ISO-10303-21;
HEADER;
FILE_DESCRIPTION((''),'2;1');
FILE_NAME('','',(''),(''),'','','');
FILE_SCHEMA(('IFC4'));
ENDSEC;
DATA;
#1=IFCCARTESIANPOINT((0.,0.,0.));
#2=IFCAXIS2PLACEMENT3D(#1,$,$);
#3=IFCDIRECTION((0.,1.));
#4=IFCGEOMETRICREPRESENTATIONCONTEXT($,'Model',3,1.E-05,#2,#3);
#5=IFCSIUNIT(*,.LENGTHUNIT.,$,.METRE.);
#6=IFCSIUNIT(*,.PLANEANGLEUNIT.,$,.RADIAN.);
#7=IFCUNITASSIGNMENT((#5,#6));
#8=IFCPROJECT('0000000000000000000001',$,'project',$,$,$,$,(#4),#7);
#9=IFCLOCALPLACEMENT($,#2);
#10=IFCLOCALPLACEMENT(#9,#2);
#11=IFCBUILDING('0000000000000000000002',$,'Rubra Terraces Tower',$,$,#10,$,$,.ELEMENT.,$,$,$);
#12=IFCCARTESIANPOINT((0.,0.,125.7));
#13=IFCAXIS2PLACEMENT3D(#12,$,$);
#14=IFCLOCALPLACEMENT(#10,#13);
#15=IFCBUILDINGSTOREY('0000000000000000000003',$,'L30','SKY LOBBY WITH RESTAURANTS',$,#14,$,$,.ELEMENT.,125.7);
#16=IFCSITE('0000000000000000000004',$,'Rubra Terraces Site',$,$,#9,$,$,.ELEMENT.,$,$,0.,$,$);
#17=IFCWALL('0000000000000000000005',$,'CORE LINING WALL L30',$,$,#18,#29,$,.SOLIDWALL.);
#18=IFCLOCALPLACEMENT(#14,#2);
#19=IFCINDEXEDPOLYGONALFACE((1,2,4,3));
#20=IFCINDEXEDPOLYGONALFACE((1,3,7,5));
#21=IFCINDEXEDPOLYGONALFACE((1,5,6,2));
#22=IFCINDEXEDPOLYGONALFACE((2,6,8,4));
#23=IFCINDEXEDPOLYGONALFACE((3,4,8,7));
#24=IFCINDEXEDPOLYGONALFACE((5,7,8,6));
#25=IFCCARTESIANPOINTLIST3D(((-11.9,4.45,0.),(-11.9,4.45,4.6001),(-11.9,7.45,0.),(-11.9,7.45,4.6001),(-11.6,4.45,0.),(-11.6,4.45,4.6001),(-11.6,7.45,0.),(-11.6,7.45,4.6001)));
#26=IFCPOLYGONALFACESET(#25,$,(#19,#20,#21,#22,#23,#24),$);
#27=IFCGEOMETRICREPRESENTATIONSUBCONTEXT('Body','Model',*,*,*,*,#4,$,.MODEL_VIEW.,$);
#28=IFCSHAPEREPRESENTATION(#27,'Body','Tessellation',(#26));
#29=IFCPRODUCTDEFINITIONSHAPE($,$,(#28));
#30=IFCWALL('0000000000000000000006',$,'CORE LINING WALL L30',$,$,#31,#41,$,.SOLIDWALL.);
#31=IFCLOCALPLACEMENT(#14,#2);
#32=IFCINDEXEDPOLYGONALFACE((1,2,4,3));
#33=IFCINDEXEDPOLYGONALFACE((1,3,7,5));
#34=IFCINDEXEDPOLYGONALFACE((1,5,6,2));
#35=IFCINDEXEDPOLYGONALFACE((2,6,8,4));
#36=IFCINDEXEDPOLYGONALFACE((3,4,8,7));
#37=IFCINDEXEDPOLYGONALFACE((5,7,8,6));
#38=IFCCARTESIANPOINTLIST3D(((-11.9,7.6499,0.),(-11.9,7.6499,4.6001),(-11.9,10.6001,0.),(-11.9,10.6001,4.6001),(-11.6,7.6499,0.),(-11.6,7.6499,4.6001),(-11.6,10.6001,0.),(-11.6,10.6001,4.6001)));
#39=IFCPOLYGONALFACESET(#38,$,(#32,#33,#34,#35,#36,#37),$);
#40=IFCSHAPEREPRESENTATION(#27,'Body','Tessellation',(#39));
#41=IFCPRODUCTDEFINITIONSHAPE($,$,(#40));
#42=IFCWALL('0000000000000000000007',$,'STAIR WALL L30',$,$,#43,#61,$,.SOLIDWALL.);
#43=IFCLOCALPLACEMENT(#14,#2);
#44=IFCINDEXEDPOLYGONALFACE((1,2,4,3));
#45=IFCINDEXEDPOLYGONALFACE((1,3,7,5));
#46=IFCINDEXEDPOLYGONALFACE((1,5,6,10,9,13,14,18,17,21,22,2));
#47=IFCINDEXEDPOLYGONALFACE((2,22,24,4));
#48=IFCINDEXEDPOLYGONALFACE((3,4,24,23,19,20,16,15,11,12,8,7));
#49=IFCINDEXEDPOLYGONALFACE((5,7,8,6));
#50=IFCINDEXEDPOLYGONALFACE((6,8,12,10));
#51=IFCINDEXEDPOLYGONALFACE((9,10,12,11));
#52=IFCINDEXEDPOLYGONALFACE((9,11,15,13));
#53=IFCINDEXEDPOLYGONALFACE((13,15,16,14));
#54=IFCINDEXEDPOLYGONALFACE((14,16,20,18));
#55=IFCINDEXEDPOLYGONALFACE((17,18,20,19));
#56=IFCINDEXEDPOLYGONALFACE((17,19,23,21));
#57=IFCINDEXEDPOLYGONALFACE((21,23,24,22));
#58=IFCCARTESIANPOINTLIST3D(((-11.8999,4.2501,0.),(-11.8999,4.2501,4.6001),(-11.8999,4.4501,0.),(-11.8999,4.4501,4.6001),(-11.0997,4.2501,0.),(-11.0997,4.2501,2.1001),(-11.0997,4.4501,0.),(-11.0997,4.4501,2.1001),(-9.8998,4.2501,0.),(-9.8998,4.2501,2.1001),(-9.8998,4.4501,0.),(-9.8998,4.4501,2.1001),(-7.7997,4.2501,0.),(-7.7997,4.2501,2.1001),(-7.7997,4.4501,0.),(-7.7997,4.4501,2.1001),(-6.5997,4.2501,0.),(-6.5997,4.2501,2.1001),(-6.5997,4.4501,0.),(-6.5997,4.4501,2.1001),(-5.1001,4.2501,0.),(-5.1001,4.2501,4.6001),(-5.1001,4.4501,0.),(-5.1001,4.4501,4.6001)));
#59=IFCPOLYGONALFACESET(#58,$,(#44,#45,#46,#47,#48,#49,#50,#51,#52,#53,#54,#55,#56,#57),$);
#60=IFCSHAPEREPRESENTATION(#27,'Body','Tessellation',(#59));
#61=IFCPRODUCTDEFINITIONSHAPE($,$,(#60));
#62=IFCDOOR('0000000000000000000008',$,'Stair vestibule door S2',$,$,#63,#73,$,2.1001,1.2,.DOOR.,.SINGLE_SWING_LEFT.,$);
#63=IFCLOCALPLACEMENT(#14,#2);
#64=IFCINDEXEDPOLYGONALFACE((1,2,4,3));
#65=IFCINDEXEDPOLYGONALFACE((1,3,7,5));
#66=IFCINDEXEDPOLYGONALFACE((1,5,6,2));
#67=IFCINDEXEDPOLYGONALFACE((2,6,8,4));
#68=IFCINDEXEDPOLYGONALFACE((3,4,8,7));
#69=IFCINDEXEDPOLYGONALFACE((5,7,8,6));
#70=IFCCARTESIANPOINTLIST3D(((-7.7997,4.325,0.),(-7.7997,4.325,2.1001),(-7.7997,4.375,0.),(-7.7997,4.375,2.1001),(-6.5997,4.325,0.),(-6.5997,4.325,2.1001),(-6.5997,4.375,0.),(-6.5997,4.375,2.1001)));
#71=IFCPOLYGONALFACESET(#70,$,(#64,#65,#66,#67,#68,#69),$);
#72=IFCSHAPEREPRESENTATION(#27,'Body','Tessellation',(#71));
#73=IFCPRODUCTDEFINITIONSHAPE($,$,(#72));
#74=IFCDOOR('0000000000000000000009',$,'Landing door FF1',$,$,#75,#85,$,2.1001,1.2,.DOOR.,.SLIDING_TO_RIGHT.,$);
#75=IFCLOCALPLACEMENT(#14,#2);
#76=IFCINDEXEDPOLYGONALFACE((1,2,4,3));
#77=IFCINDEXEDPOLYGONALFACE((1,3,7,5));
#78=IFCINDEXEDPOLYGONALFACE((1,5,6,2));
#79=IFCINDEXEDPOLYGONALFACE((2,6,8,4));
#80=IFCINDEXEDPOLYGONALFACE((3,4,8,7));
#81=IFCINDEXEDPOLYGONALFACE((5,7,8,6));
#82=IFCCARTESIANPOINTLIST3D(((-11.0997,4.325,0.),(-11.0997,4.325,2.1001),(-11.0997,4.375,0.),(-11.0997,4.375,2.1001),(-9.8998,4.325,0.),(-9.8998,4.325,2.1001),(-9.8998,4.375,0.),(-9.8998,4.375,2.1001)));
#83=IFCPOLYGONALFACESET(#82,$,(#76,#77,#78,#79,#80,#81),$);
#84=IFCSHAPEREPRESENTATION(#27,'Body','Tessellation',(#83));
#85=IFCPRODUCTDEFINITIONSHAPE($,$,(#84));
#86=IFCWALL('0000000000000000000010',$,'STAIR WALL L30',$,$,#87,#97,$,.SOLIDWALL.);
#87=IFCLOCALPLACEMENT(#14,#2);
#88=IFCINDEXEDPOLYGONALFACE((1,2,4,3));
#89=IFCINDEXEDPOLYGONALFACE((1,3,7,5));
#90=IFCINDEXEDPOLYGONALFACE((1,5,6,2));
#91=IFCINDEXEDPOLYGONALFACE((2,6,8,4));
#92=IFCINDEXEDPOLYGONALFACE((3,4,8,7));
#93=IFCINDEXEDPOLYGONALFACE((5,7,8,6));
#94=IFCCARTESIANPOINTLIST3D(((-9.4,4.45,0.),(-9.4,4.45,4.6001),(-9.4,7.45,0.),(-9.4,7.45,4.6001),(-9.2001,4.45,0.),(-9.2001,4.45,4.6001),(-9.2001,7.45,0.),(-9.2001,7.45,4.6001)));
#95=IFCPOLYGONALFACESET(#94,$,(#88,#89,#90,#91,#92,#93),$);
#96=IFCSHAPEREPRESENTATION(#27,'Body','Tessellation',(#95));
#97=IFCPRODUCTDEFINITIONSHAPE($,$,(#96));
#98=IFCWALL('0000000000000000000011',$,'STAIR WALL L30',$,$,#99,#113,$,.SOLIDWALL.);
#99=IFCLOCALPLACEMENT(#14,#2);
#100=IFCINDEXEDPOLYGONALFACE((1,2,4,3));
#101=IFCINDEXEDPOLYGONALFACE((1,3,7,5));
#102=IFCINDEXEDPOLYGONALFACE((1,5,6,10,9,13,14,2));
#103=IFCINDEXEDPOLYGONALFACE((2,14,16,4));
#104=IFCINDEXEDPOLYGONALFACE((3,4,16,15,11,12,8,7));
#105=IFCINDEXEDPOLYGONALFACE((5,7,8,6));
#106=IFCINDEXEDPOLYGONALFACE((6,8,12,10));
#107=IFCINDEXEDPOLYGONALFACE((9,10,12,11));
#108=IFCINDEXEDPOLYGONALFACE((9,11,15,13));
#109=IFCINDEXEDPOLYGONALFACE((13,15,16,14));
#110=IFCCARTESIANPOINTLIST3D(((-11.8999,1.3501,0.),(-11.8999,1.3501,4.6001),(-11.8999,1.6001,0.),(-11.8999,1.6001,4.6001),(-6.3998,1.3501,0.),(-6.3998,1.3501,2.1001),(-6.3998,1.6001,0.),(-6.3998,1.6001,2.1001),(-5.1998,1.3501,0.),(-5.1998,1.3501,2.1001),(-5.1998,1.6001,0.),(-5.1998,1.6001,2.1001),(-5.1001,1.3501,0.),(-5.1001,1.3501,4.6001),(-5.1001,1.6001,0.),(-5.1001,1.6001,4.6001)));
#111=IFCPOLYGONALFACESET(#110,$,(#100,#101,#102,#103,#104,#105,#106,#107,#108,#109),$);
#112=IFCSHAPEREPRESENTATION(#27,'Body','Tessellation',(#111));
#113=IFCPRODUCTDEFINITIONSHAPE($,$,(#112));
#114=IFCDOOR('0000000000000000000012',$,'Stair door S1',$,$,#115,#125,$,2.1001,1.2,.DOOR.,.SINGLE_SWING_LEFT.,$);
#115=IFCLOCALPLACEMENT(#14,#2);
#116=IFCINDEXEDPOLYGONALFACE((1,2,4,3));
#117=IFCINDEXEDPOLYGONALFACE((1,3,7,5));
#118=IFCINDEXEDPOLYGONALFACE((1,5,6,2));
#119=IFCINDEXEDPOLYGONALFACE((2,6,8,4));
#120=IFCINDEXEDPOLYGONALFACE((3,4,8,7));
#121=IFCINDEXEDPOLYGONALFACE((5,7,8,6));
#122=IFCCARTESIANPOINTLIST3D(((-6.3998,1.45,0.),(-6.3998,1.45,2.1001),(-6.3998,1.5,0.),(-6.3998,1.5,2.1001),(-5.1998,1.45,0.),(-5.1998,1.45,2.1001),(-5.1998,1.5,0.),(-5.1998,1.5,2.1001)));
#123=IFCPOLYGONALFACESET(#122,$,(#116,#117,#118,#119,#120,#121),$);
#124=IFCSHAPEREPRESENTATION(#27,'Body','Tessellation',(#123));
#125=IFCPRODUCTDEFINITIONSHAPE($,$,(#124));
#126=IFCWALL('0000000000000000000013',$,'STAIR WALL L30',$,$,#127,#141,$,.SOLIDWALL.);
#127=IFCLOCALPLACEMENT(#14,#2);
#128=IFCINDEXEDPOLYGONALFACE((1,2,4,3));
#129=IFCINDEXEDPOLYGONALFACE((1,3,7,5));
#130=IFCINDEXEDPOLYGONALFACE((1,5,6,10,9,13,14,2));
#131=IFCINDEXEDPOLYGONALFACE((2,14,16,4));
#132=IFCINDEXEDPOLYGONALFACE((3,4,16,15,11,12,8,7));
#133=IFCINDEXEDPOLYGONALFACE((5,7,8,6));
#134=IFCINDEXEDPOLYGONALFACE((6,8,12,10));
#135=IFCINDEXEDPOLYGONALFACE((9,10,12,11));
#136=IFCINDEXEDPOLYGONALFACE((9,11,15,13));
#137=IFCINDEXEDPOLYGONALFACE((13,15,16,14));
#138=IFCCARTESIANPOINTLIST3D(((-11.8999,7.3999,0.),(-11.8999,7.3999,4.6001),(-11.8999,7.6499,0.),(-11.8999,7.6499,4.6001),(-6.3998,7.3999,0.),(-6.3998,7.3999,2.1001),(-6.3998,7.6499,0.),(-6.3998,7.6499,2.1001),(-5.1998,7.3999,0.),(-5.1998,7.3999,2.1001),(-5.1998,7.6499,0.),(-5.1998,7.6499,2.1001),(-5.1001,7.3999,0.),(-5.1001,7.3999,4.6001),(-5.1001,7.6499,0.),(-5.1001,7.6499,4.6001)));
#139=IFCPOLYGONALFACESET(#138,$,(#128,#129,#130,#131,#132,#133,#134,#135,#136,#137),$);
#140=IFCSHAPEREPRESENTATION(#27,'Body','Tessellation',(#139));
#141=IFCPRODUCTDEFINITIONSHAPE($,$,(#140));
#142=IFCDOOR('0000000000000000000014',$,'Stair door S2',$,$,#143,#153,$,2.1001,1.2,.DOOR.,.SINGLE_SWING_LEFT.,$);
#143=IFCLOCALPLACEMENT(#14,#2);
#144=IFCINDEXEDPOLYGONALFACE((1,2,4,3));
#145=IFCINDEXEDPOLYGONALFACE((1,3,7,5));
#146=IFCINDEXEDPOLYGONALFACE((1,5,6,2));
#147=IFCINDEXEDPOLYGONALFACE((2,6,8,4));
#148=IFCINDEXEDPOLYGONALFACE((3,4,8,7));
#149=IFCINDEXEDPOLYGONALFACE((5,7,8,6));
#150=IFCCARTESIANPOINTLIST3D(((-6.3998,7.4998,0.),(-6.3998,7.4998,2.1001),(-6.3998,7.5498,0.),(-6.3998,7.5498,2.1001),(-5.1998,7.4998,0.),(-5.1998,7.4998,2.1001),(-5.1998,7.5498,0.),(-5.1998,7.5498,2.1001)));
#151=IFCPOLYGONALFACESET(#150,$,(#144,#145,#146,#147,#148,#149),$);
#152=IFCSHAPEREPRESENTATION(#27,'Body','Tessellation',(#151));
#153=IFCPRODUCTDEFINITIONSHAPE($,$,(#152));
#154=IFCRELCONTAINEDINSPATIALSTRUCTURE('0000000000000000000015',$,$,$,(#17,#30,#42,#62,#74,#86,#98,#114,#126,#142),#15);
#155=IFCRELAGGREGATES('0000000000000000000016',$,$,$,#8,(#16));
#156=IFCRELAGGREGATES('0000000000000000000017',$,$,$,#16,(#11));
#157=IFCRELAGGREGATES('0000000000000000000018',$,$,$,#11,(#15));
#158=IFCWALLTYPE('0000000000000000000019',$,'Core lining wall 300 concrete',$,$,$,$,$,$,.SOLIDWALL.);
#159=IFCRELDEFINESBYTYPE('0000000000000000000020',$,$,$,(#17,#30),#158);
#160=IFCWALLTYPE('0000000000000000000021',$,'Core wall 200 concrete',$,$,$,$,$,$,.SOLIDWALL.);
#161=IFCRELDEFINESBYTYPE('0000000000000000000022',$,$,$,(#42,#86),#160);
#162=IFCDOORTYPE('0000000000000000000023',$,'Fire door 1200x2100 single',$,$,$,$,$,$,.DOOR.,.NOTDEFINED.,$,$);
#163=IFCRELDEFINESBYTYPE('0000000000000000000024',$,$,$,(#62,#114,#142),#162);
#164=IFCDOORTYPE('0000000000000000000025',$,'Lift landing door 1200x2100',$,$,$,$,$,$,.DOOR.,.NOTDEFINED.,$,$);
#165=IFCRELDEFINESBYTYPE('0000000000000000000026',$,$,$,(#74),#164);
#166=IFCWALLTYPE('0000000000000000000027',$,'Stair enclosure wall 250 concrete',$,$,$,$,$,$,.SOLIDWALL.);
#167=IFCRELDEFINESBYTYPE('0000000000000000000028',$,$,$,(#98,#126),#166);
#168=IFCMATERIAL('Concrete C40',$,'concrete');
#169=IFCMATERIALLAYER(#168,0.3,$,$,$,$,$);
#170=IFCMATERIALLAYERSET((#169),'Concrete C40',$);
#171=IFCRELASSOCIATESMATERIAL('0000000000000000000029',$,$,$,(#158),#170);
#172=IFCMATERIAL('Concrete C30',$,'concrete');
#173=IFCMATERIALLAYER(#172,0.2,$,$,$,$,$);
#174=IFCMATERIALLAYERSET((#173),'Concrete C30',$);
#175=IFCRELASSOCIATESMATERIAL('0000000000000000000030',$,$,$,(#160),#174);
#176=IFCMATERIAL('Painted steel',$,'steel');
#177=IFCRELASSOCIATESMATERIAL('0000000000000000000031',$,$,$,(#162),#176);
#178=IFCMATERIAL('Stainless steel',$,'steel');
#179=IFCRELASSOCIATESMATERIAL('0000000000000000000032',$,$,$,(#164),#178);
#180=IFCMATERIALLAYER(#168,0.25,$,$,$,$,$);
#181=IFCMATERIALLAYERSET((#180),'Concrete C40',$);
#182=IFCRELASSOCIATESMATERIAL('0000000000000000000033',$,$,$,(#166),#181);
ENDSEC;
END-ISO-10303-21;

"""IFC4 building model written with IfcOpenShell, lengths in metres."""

from ifc_helpers import new_model, si_unit, direction, frame, frame_2d, origin, place, context, subcontext, project, spatial, rectangle, extrude, material, layer, layer_set, type_object, element, fill, save


model = new_model("IFC4")

# Units and contexts
model_context = context("Model", 3, precision=1e-05, world=origin(), true_north=direction((0.0, 1.0)))
body_context = subcontext(model_context, "Body", "Model", "MODEL_VIEW")
ifc_project = project(units=[si_unit("LENGTHUNIT", "METRE"), si_unit("PLANEANGLEUNIT", "RADIAN")], contexts=[model_context])

# Site, building, storey
site_placement = place(None, origin())
site = spatial("IfcSite", under=ifc_project, at=site_placement, Name="Rubra Terraces Site", CompositionType="ELEMENT", RefElevation=0.0)
building_placement = place(site_placement, origin())
building = spatial("IfcBuilding", under=site, at=building_placement, Name="Rubra Terraces Tower", CompositionType="ELEMENT")
storey_placement = place(building_placement, frame((0.0, 0.0, 125.7)))
storey = spatial("IfcBuildingStorey", under=building, at=storey_placement, Name="L30", Description="SKY LOBBY WITH RESTAURANTS", CompositionType="ELEMENT", Elevation=125.7)

# Walls
ifc_material_1 = material(Name="Concrete C40", Category="concrete")
ifc_layer_1 = layer(ifc_material_1, 0.3)
ifc_layer_set_1 = layer_set([ifc_layer_1], Name="Concrete C40")
wall_type_1 = type_object("IfcWallType", Name="Core lining wall 300 concrete", PredefinedType="SOLIDWALL", material=ifc_layer_set_1)
wall_1_placement = place(storey_placement, frame((-11.75, 4.45, 0.0), z_axis=(0.0, 0.0, 1.0), x_axis=(0.0, 1.0, 0.0)))
element("IfcWall", 1, at=wall_1_placement, inside=storey, type_object=wall_type_1, Name="CORE LINING WALL L30", PredefinedType="SOLIDWALL", context=body_context, shape_type="SweptSolid", body=[
    extrude(rectangle(XDim=3.0, YDim=0.3, at=frame_2d((1.5, 0.0))), origin(), (0.0, 0.0, 1.0), 4.6001),
])
wall_2_placement = place(storey_placement, frame((-11.75, 7.6499, 0.0), z_axis=(0.0, 0.0, 1.0), x_axis=(0.0, 1.0, 0.0)))
element("IfcWall", 2, at=wall_2_placement, inside=storey, type_object=wall_type_1, Name="CORE LINING WALL L30", PredefinedType="SOLIDWALL", context=body_context, shape_type="SweptSolid", body=[
    extrude(rectangle(XDim=2.9502, YDim=0.3, at=frame_2d((1.4751, 0.0))), origin(), (0.0, 0.0, 1.0), 4.6001),
])

# Wall, openings, doors
ifc_material_2 = material(Name="Concrete C30", Category="concrete")
ifc_layer_2 = layer(ifc_material_2, 0.2)
ifc_layer_set_2 = layer_set([ifc_layer_2], Name="Concrete C30")
wall_type_2 = type_object("IfcWallType", Name="Core wall 200 concrete", PredefinedType="SOLIDWALL", material=ifc_layer_set_2)
wall_3_placement = place(storey_placement, frame((-11.8999, 4.3501, 0.0), z_axis=(0.0, 0.0, 1.0), x_axis=(1.0, 0.0, 0.0)))
wall_3 = element("IfcWall", 3, at=wall_3_placement, inside=storey, type_object=wall_type_2, Name="STAIR WALL L30", PredefinedType="SOLIDWALL", context=body_context, shape_type="SweptSolid", body=[
    extrude(rectangle(XDim=6.7998, YDim=0.2, at=frame_2d((3.3999, 0.0))), origin(), (0.0, 0.0, 1.0), 4.6001),
])
opening_1_placement = place(wall_3_placement, frame((4.1001, 0.0, 0.0)))
opening_1 = element("IfcOpeningElement", 4, at=opening_1_placement, cuts=wall_3, PredefinedType="OPENING", context=body_context, shape_type="SweptSolid", body=[
    extrude(rectangle(XDim=1.2, YDim=2.1001, at=frame_2d((0.6001, 1.05))), frame((0.0, 0.1099, 0.0), z_axis=(0.0, -1.0, 0.0), x_axis=(1.0, 0.0, 0.0)), (0.0, 0.0, 1.0), 0.22),
])
opening_2_placement = place(wall_3_placement, frame((0.8, 0.0, 0.0)))
opening_2 = element("IfcOpeningElement", 5, at=opening_2_placement, cuts=wall_3, PredefinedType="OPENING", context=body_context, shape_type="SweptSolid", body=[
    extrude(rectangle(XDim=1.2, YDim=2.1001, at=frame_2d((0.6001, 1.05))), frame((0.0, 0.1099, 0.0), z_axis=(0.0, -1.0, 0.0), x_axis=(1.0, 0.0, 0.0)), (0.0, 0.0, 1.0), 0.22),
])
ifc_material_3 = material(Name="Painted steel", Category="steel")
door_type_1 = type_object("IfcDoorType", Name="Fire door 1200x2100 single", OperationType="NOTDEFINED", PredefinedType="DOOR", material=ifc_material_3)
door_1_placement = place(opening_1_placement, origin())
door_1 = element("IfcDoor", 6, at=door_1_placement, inside=storey, type_object=door_type_1, Name="Stair vestibule door S2", OperationType="SINGLE_SWING_LEFT", OverallHeight=2.1001, OverallWidth=1.2, PredefinedType="DOOR", context=body_context, shape_type="SweptSolid", body=[
    extrude(rectangle(XDim=1.2, YDim=2.1001, at=frame_2d((0.6001, 1.05))), frame((0.0, 0.0249, 0.0), z_axis=(0.0, -1.0, 0.0), x_axis=(1.0, 0.0, 0.0)), (0.0, 0.0, 1.0), 0.05),
])
fill(opening_1, door_1)
ifc_material_4 = material(Name="Stainless steel", Category="steel")
door_type_2 = type_object("IfcDoorType", Name="Lift landing door 1200x2100", OperationType="NOTDEFINED", PredefinedType="DOOR", material=ifc_material_4)
door_2_placement = place(opening_2_placement, origin())
door_2 = element("IfcDoor", 7, at=door_2_placement, inside=storey, type_object=door_type_2, Name="Landing door FF1", OperationType="SLIDING_TO_RIGHT", OverallHeight=2.1001, OverallWidth=1.2, PredefinedType="DOOR", context=body_context, shape_type="SweptSolid", body=[
    extrude(rectangle(XDim=1.2, YDim=2.1001, at=frame_2d((0.6001, 1.05))), frame((0.0, 0.0249, 0.0), z_axis=(0.0, -1.0, 0.0), x_axis=(1.0, 0.0, 0.0)), (0.0, 0.0, 1.0), 0.05),
])
fill(opening_2, door_2)

# Wall
wall_4_placement = place(storey_placement, frame((-9.3, 4.45, 0.0), z_axis=(0.0, 0.0, 1.0), x_axis=(0.0, 1.0, 0.0)))
element("IfcWall", 8, at=wall_4_placement, inside=storey, type_object=wall_type_2, Name="STAIR WALL L30", PredefinedType="SOLIDWALL", context=body_context, shape_type="SweptSolid", body=[
    extrude(rectangle(XDim=3.0, YDim=0.2, at=frame_2d((1.5, 0.0))), origin(), (0.0, 0.0, 1.0), 4.6001),
])

# Walls, openings, doors
ifc_layer_3 = layer(ifc_material_1, 0.25)
ifc_layer_set_3 = layer_set([ifc_layer_3], Name="Concrete C40")
wall_type_3 = type_object("IfcWallType", Name="Stair enclosure wall 250 concrete", PredefinedType="SOLIDWALL", material=ifc_layer_set_3)
wall_5_placement = place(storey_placement, frame((-11.8999, 1.4751, 0.0), z_axis=(0.0, 0.0, 1.0), x_axis=(1.0, 0.0, 0.0)))
wall_5 = element("IfcWall", 9, at=wall_5_placement, inside=storey, type_object=wall_type_3, Name="STAIR WALL L30", PredefinedType="SOLIDWALL", context=body_context, shape_type="SweptSolid", body=[
    extrude(rectangle(XDim=6.7998, YDim=0.25, at=frame_2d((3.3999, 0.0))), origin(), (0.0, 0.0, 1.0), 4.6001),
])
opening_3_placement = place(wall_5_placement, frame((5.5, 0.0, 0.0)))
opening_3 = element("IfcOpeningElement", 10, at=opening_3_placement, cuts=wall_5, PredefinedType="OPENING", context=body_context, shape_type="SweptSolid", body=[
    extrude(rectangle(XDim=1.2, YDim=2.1001, at=frame_2d((0.6001, 1.05))), frame((0.0, 0.135, 0.0), z_axis=(0.0, -1.0, 0.0), x_axis=(1.0, 0.0, 0.0)), (0.0, 0.0, 1.0), 0.27),
])
door_3_placement = place(opening_3_placement, origin())
door_3 = element("IfcDoor", 11, at=door_3_placement, inside=storey, type_object=door_type_1, Name="Stair door S1", OperationType="SINGLE_SWING_LEFT", OverallHeight=2.1001, OverallWidth=1.2, PredefinedType="DOOR", context=body_context, shape_type="SweptSolid", body=[
    extrude(rectangle(XDim=1.2, YDim=2.1001, at=frame_2d((0.6001, 1.05))), frame((0.0, 0.0249, 0.0), z_axis=(0.0, -1.0, 0.0), x_axis=(1.0, 0.0, 0.0)), (0.0, 0.0, 1.0), 0.05),
])
fill(opening_3, door_3)
wall_6_placement = place(storey_placement, frame((-11.8999, 7.5249, 0.0), z_axis=(0.0, 0.0, 1.0), x_axis=(1.0, 0.0, 0.0)))
wall_6 = element("IfcWall", 12, at=wall_6_placement, inside=storey, type_object=wall_type_3, Name="STAIR WALL L30", PredefinedType="SOLIDWALL", context=body_context, shape_type="SweptSolid", body=[
    extrude(rectangle(XDim=6.7998, YDim=0.25, at=frame_2d((3.3999, 0.0))), origin(), (0.0, 0.0, 1.0), 4.6001),
])
opening_4_placement = place(wall_6_placement, frame((5.5, 0.0, 0.0)))
opening_4 = element("IfcOpeningElement", 13, at=opening_4_placement, cuts=wall_6, PredefinedType="OPENING", context=body_context, shape_type="SweptSolid", body=[
    extrude(rectangle(XDim=1.2, YDim=2.1001, at=frame_2d((0.6001, 1.05))), frame((0.0, 0.135, 0.0), z_axis=(0.0, -1.0, 0.0), x_axis=(1.0, 0.0, 0.0)), (0.0, 0.0, 1.0), 0.27),
])
door_4_placement = place(opening_4_placement, origin())
door_4 = element("IfcDoor", 14, at=door_4_placement, inside=storey, type_object=door_type_1, Name="Stair door S2", OperationType="SINGLE_SWING_LEFT", OverallHeight=2.1001, OverallWidth=1.2, PredefinedType="DOOR", context=body_context, shape_type="SweptSolid", body=[
    extrude(rectangle(XDim=1.2, YDim=2.1001, at=frame_2d((0.6001, 1.05))), frame((0.0, 0.0249, 0.0), z_axis=(0.0, -1.0, 0.0), x_axis=(1.0, 0.0, 0.0)), (0.0, 0.0, 1.0), 0.05),
])
fill(opening_4, door_4)

save(model, "model.ifc")
